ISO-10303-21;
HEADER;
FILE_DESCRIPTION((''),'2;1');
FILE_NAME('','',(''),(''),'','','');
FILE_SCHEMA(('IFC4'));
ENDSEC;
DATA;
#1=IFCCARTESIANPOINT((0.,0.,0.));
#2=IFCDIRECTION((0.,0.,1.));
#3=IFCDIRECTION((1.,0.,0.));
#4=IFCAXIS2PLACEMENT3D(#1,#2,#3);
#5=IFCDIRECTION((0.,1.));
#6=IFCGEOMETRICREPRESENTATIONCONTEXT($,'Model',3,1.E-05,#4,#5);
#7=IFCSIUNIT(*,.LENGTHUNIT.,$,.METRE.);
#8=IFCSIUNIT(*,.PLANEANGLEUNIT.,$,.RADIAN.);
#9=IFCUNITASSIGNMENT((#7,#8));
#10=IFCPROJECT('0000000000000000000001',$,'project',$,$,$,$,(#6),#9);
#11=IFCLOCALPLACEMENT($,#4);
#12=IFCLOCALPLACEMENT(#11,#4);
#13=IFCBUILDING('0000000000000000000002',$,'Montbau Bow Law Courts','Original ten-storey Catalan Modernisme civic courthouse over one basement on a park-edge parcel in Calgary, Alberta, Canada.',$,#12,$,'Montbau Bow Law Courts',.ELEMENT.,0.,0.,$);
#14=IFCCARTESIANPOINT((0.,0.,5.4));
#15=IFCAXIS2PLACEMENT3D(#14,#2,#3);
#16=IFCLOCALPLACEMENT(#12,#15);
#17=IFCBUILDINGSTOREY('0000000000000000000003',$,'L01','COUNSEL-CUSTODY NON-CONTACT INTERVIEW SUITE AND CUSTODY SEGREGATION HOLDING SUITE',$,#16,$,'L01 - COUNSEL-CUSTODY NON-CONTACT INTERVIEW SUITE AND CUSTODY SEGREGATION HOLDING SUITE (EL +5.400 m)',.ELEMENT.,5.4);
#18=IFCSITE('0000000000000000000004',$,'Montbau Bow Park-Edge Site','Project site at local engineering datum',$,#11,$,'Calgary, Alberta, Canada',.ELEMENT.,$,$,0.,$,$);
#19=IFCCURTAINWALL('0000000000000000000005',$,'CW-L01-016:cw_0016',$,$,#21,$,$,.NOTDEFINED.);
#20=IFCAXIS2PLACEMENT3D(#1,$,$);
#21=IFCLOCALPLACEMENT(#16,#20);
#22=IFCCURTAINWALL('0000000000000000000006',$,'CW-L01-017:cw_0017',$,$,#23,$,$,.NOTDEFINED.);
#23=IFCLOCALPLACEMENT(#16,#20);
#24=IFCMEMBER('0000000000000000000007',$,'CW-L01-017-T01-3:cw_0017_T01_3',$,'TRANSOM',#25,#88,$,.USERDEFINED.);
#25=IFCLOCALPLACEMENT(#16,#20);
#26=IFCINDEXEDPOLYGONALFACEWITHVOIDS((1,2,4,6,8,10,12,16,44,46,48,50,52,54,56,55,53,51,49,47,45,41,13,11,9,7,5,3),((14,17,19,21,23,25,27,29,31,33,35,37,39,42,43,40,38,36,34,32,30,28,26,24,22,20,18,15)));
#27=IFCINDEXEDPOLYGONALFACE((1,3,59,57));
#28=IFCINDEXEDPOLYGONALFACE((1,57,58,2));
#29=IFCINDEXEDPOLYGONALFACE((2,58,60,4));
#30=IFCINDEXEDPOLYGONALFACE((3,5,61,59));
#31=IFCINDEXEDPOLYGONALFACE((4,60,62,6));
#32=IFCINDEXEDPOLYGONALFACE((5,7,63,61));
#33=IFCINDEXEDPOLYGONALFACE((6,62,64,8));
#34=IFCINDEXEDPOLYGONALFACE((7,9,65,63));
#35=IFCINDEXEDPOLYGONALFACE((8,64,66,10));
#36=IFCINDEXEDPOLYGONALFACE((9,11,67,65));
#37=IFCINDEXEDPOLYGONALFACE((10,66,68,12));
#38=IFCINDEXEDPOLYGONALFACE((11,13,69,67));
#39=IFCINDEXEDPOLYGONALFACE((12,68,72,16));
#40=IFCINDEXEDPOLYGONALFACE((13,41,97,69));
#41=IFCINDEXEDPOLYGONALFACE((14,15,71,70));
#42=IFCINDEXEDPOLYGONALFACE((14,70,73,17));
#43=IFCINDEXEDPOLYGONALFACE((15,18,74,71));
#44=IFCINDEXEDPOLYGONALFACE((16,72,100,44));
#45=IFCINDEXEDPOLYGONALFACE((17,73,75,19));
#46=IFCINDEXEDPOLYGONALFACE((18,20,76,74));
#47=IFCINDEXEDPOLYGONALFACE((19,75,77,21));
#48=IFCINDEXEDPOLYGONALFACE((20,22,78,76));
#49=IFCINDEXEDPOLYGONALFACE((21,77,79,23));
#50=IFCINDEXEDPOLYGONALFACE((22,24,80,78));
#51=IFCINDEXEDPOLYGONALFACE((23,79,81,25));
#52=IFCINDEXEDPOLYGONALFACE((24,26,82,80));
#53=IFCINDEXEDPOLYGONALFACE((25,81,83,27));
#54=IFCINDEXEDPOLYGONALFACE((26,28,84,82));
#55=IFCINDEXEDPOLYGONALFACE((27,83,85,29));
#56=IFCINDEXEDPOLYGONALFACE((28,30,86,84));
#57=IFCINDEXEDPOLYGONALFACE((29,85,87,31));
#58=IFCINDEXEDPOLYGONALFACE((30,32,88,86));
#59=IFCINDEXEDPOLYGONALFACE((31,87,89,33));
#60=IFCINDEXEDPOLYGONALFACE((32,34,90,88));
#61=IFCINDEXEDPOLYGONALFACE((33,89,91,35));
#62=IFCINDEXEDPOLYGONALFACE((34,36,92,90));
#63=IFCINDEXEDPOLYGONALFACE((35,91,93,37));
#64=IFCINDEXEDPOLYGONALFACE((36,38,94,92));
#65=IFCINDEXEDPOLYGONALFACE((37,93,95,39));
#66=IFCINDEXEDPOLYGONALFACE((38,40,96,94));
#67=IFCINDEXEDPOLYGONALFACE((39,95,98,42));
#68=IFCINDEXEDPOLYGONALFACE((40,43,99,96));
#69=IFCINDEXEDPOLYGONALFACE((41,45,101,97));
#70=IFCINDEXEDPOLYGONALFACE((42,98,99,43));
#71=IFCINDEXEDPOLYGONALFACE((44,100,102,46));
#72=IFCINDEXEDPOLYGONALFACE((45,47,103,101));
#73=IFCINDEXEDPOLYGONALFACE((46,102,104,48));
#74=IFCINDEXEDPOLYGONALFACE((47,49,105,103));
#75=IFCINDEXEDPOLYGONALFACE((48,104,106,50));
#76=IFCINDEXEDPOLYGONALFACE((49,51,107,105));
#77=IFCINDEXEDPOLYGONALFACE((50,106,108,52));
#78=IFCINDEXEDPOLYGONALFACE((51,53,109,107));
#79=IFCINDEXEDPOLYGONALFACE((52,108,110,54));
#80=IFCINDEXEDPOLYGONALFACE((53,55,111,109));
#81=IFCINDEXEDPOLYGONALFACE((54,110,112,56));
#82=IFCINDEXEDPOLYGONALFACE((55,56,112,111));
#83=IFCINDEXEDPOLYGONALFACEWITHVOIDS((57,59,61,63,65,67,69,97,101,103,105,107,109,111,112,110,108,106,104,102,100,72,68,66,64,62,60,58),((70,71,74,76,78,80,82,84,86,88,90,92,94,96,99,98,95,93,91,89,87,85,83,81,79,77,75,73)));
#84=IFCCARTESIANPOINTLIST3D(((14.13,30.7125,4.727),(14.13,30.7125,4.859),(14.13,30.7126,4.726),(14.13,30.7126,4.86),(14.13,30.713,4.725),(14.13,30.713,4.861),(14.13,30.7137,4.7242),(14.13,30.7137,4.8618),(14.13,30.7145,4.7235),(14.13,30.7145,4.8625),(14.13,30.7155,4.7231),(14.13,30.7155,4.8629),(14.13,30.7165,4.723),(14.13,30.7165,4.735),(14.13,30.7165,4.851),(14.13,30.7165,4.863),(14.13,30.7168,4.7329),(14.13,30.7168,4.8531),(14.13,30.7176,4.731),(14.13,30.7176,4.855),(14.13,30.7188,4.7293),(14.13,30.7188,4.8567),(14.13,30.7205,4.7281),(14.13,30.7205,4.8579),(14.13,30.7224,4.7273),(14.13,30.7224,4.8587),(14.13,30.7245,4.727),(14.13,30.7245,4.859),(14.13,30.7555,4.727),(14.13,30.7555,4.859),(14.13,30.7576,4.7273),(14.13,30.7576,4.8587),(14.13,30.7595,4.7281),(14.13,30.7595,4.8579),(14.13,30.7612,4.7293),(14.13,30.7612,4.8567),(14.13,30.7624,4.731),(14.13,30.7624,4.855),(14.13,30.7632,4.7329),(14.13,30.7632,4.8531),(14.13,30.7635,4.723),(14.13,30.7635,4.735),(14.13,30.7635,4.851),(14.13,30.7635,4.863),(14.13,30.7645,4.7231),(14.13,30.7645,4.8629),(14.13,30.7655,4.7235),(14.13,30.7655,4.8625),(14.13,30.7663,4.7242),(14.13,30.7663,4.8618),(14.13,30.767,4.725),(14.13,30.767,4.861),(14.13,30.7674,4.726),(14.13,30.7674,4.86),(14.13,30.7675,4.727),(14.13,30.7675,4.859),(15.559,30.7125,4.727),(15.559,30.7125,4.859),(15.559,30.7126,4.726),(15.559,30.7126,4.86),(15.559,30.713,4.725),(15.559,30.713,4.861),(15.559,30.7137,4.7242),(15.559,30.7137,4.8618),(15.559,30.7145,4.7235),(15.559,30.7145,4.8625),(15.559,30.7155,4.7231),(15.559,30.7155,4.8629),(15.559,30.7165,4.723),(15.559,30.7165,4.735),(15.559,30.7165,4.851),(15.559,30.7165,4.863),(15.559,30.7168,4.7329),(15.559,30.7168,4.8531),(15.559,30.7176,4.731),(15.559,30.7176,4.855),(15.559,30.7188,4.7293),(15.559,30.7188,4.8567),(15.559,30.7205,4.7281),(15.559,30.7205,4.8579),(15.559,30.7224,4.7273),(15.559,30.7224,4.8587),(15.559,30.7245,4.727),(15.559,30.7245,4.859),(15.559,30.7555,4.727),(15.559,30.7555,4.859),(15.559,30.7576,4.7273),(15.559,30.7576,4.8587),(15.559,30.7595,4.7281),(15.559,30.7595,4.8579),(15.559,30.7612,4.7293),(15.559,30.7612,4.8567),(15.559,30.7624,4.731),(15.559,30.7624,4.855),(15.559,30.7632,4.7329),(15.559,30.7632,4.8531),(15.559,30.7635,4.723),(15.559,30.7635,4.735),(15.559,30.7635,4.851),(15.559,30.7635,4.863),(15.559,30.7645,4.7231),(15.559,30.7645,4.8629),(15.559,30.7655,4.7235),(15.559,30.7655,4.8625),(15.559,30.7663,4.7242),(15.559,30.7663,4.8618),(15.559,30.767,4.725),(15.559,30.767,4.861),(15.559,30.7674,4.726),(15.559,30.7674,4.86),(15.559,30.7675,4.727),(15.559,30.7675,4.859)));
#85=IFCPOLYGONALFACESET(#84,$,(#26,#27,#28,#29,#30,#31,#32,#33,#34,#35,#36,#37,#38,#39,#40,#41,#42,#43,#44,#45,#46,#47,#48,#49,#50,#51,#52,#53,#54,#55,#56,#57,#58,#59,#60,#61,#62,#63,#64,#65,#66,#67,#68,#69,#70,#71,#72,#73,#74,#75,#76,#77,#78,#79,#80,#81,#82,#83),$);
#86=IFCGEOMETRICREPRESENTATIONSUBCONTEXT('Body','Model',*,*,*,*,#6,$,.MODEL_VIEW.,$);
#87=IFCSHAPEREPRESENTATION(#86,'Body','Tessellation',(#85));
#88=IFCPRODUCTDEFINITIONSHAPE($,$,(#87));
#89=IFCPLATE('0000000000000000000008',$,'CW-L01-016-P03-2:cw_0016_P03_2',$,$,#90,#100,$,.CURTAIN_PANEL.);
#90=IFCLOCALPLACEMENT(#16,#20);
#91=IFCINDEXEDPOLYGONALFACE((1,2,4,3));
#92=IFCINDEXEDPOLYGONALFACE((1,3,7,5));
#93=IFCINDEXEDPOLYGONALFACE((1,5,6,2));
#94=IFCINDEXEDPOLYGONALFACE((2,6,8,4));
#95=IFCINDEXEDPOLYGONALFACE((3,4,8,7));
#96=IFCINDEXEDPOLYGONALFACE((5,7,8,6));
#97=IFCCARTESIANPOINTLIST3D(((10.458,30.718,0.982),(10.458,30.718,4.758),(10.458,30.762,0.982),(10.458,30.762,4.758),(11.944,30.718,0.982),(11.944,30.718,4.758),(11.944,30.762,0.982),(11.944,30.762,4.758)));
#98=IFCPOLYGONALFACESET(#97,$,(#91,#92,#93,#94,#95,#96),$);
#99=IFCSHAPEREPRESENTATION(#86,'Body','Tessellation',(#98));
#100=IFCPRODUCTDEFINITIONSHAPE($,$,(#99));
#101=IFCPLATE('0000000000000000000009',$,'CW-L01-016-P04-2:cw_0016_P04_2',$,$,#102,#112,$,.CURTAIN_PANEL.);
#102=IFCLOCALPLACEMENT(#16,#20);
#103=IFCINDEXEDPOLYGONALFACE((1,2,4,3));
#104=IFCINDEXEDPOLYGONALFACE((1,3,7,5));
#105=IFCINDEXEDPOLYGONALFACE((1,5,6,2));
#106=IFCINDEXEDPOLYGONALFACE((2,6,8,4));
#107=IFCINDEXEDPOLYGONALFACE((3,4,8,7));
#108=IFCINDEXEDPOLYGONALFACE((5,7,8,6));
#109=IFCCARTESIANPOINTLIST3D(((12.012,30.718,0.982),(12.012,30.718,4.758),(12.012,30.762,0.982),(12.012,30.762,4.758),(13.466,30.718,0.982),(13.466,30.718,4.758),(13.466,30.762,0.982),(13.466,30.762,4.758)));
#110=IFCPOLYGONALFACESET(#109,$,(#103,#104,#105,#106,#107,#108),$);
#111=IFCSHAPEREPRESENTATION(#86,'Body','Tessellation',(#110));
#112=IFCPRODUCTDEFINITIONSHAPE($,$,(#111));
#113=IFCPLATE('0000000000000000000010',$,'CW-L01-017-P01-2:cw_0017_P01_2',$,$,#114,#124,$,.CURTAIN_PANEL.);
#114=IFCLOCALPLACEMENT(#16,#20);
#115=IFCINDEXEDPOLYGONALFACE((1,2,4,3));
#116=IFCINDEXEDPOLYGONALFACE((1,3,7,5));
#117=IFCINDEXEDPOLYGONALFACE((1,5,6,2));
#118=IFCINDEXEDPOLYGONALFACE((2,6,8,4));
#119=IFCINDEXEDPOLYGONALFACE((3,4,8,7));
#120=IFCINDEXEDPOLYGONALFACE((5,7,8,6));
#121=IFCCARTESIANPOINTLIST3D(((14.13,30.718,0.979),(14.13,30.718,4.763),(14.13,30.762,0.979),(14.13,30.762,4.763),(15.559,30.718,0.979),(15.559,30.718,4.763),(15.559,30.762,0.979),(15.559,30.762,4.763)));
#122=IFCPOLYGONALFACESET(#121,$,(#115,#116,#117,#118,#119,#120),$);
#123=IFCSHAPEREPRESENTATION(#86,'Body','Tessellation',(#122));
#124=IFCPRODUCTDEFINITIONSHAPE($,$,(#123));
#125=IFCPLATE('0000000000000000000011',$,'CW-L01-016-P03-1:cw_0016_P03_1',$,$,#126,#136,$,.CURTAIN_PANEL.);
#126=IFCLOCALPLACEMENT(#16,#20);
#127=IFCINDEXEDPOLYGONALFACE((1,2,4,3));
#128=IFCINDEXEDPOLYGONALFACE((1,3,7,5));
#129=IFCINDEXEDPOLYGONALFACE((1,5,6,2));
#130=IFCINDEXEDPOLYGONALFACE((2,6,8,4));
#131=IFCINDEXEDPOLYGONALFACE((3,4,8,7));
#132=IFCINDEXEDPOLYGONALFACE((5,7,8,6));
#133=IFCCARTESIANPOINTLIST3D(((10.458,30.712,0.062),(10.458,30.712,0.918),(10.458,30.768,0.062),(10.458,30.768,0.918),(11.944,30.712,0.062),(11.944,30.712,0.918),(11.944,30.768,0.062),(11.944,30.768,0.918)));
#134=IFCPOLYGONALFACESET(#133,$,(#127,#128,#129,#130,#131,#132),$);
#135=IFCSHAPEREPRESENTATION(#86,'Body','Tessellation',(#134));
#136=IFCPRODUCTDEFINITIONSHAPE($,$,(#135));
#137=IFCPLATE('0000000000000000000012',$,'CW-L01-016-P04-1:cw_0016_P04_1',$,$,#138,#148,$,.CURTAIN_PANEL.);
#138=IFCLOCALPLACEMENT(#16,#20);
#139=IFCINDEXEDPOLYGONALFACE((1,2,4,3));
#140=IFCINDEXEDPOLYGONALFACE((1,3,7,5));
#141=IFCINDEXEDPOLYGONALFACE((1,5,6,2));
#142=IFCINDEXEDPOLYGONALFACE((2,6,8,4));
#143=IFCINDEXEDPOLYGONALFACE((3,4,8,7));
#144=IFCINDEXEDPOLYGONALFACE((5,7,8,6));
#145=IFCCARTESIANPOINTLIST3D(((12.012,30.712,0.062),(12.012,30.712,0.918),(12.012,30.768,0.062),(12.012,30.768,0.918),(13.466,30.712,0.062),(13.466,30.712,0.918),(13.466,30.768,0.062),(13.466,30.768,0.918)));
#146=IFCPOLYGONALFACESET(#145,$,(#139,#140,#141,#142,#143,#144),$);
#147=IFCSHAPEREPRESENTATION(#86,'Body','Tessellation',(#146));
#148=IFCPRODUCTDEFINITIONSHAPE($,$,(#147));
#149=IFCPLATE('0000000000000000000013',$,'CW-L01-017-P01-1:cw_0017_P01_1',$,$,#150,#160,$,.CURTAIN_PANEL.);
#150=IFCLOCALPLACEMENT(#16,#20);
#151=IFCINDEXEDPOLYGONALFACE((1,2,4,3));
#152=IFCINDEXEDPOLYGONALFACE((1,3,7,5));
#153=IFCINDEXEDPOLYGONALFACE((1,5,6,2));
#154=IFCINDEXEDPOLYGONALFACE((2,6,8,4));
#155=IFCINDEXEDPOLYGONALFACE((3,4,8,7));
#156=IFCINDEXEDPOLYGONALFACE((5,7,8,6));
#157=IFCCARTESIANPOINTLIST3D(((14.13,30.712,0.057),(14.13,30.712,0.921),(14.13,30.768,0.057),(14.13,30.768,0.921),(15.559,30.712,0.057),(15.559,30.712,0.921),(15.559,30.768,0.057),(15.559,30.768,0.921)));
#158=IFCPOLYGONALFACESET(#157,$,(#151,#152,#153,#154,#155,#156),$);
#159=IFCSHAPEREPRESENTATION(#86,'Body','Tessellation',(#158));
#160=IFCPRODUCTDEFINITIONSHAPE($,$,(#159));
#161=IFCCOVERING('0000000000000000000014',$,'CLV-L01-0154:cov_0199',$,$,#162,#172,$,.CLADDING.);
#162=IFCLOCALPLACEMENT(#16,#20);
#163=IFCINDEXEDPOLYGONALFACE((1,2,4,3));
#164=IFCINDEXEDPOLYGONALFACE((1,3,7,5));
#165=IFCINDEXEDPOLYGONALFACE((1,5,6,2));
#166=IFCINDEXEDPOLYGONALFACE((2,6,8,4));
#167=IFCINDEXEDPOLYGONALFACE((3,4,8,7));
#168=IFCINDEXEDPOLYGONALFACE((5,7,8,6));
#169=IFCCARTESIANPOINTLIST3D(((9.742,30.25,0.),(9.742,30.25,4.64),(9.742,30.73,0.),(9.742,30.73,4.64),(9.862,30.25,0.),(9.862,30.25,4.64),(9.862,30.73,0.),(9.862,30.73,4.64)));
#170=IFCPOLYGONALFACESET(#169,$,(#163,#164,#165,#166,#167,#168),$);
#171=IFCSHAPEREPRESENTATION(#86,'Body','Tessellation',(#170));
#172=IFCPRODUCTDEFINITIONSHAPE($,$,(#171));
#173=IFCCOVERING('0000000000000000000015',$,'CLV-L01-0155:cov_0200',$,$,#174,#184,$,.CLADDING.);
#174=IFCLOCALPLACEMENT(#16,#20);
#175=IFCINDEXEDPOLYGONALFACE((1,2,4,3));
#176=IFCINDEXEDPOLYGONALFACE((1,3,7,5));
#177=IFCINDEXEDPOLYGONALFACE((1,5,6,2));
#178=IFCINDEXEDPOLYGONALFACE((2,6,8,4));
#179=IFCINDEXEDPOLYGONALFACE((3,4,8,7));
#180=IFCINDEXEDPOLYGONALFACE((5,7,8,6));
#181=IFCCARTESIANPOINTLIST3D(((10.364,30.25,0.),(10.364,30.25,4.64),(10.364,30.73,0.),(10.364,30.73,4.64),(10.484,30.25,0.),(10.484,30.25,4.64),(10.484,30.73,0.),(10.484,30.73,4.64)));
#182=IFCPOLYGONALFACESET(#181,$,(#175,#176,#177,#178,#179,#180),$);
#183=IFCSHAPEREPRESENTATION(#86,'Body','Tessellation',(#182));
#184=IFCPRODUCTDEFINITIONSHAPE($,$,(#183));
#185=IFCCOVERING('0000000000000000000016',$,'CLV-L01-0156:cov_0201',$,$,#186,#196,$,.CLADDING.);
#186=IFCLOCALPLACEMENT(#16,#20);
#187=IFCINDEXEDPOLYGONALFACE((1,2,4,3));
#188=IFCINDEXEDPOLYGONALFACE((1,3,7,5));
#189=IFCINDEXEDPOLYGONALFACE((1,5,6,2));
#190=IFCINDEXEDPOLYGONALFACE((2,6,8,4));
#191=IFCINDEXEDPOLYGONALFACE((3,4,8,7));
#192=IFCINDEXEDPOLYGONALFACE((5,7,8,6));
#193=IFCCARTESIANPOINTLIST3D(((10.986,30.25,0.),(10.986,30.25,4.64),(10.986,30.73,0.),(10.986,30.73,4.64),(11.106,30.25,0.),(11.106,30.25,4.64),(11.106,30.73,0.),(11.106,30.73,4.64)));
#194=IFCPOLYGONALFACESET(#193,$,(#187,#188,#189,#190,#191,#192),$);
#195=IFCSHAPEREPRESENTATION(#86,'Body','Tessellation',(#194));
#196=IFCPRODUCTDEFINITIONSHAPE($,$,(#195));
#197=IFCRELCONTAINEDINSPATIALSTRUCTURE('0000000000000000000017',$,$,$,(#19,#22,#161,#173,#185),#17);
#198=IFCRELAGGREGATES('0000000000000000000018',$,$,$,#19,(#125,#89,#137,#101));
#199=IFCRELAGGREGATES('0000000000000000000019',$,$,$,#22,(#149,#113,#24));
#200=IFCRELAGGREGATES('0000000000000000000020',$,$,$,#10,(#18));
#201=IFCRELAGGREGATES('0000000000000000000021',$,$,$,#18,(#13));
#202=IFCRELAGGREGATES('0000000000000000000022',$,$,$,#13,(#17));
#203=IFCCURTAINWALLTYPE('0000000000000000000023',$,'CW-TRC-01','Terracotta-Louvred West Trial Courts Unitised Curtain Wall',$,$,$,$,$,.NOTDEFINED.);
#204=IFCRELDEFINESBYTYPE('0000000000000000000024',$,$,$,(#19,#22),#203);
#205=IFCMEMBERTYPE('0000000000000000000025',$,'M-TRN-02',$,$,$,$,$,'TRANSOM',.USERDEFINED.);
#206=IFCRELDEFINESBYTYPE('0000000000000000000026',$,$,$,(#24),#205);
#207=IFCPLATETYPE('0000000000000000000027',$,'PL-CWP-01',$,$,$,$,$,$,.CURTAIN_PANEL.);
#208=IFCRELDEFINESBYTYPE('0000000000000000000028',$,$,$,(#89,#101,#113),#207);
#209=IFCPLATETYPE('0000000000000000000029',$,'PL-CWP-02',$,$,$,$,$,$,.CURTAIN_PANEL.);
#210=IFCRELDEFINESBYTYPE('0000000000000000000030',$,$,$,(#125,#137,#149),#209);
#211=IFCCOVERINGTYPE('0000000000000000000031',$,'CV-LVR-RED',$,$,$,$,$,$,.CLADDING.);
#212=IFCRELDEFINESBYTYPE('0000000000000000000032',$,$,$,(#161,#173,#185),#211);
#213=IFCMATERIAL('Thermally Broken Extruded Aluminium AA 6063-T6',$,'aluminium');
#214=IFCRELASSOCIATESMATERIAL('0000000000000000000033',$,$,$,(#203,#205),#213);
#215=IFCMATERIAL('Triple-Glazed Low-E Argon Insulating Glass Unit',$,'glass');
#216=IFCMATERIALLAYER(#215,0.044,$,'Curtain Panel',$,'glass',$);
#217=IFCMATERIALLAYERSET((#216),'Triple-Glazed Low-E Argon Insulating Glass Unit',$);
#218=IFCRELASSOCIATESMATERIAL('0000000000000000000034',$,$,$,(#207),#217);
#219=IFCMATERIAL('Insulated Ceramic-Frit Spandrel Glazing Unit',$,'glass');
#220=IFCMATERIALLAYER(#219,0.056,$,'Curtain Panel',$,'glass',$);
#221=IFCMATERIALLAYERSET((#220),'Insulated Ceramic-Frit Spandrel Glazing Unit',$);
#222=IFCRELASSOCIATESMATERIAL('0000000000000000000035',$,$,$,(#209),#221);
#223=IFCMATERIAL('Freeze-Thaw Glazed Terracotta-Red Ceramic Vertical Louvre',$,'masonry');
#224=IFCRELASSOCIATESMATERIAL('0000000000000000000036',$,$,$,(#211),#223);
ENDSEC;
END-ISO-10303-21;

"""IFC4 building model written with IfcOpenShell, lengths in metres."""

from ifc_helpers import new_model, si_unit, direction, frame, frame_2d, origin_with_axes, origin_2d_with_axis, place, context, subcontext, project, spatial, rectangle, hollow_rectangle, extrude, material, layer, layer_set, material_profile, profile_set, type_object, element, aggregate, save


model = new_model("IFC4")

# Units and contexts
model_context = context("Model", 3, precision=1e-05, world=origin_with_axes(), true_north=direction((0.0, 1.0)))
body_context = subcontext(model_context, "Body", "Model", "MODEL_VIEW")
ifc_project = project(units=[si_unit("LENGTHUNIT", "METRE"), si_unit("PLANEANGLEUNIT", "RADIAN")], contexts=[model_context])

# Site, building, storey
site_placement = place(None, origin_with_axes())
site = spatial("IfcSite", under=ifc_project, at=site_placement, Name="Montbau Bow Park-Edge Site", Description="Project site at local engineering datum", LongName="Calgary, Alberta, Canada", CompositionType="ELEMENT", RefElevation=0.0)
building_placement = place(site_placement, origin_with_axes())
building = spatial("IfcBuilding", under=site, at=building_placement, Name="Montbau Bow Law Courts", Description="Original ten-storey Catalan Modernisme civic courthouse over one basement on a park-edge parcel in Calgary, Alberta, Canada.", LongName="Montbau Bow Law Courts", CompositionType="ELEMENT", ElevationOfRefHeight=0.0, ElevationOfTerrain=0.0)
storey_placement = place(building_placement, frame((0.0, 0.0, 5.4), z_axis=(0.0, 0.0, 1.0), x_axis=(1.0, 0.0, 0.0)))
storey = spatial("IfcBuildingStorey", under=building, at=storey_placement, Name="L01", Description="COUNSEL-CUSTODY NON-CONTACT INTERVIEW SUITE AND CUSTODY SEGREGATION HOLDING SUITE", LongName="L01 - COUNSEL-CUSTODY NON-CONTACT INTERVIEW SUITE AND CUSTODY SEGREGATION HOLDING SUITE (EL +5.400 m)", CompositionType="ELEMENT", Elevation=5.4)

# Curtain wall
ifc_material_1 = material(Name="Thermally Broken Extruded Aluminium AA 6063-T6", Category="aluminium")
curtain_wall_type = type_object("IfcCurtainWallType", Name="CW-TRC-01", Description="Terracotta-Louvred West Trial Courts Unitised Curtain Wall", PredefinedType="NOTDEFINED", material=ifc_material_1)
curtain_wall_1_placement = place(None, frame((7.315, 30.74, 5.4), z_axis=(0.0, 0.0, 1.0), x_axis=(1.0, 0.0, 0.0)))
curtain_wall_1 = element("IfcCurtainWall", 1, at=curtain_wall_1_placement, inside=storey, type_object=curtain_wall_type, Name="CW-L01-016:cw_0016", PredefinedType="NOTDEFINED")

# Curtain wall
curtain_wall_2_placement = place(None, frame((14.068, 30.74, 5.4), z_axis=(0.0, 0.0, 1.0), x_axis=(1.0, 0.0, 0.0)))
curtain_wall_2 = element("IfcCurtainWall", 2, at=curtain_wall_2_placement, inside=storey, type_object=curtain_wall_type, Name="CW-L01-017:cw_0017", PredefinedType="NOTDEFINED")

# Member
ifc_material_profile_1 = material_profile(ifc_material_1, hollow_rectangle(XDim=0.055, YDim=0.14, WallThickness=0.004, InnerFilletRadius=0.008, OuterFilletRadius=0.004, at=origin_2d_with_axis()), Name="CWT-140X55", Category="Main", Priority=0)
ifc_profile_set_1 = profile_set([ifc_material_profile_1], Name="Thermally Broken Extruded Aluminium AA 6063-T6")
member_type_1 = type_object("IfcMemberType", Name="M-TRN-02", ElementType="TRANSOM", PredefinedType="USERDEFINED", material=ifc_profile_set_1)
member_1_placement = place(None, frame((14.13, 30.74, 10.193), z_axis=(1.0, 0.0, 0.0), x_axis=(0.0, 1.0, 0.0)))
member_1 = element("IfcMember", 3, at=member_1_placement, type_object=member_type_1, Name="CW-L01-017-T01-3:cw_0017_T01_3", ObjectType="TRANSOM", PredefinedType="USERDEFINED", context=body_context, shape_type="SweptSolid", body=[
    extrude(hollow_rectangle(XDim=0.055, YDim=0.14, WallThickness=0.004, InnerFilletRadius=0.008, OuterFilletRadius=0.004, at=origin_2d_with_axis()), origin_with_axes(), (0.0, 0.0, 1.0), 1.429),
])

# Plates
ifc_material_2 = material(Name="Triple-Glazed Low-E Argon Insulating Glass Unit", Category="glass")
ifc_layer_1 = layer(ifc_material_2, 0.044, Name="Curtain Panel", Category="glass")
ifc_layer_set_1 = layer_set([ifc_layer_1], Name="Triple-Glazed Low-E Argon Insulating Glass Unit")
plate_type_1 = type_object("IfcPlateType", Name="PL-CWP-01", PredefinedType="CURTAIN_PANEL", material=ifc_layer_set_1)
plate_1_placement = place(None, frame((10.458, 30.74, 6.382), z_axis=(0.0, -1.0, 0.0), x_axis=(1.0, 0.0, 0.0)))
plate_1 = element("IfcPlate", 4, at=plate_1_placement, type_object=plate_type_1, Name="CW-L01-016-P03-2:cw_0016_P03_2", PredefinedType="CURTAIN_PANEL", context=body_context, shape_type="SweptSolid", body=[
    extrude(rectangle(XDim=1.486, YDim=3.776, at=frame_2d((0.743, 1.888), x_axis=(1.0, 0.0))), frame((0.0, 0.0, -0.022), z_axis=(0.0, 0.0, 1.0), x_axis=(1.0, 0.0, 0.0)), (0.0, 0.0, 1.0), 0.044),
])
plate_2_placement = place(None, frame((12.012, 30.74, 6.382), z_axis=(0.0, -1.0, 0.0), x_axis=(1.0, 0.0, 0.0)))
plate_2 = element("IfcPlate", 5, at=plate_2_placement, type_object=plate_type_1, Name="CW-L01-016-P04-2:cw_0016_P04_2", PredefinedType="CURTAIN_PANEL", context=body_context, shape_type="SweptSolid", body=[
    extrude(rectangle(XDim=1.454, YDim=3.776, at=frame_2d((0.727, 1.888), x_axis=(1.0, 0.0))), frame((0.0, 0.0, -0.022), z_axis=(0.0, 0.0, 1.0), x_axis=(1.0, 0.0, 0.0)), (0.0, 0.0, 1.0), 0.044),
])
plate_3_placement = place(None, frame((14.13, 30.74, 6.379), z_axis=(0.0, -1.0, 0.0), x_axis=(1.0, 0.0, 0.0)))
plate_3 = element("IfcPlate", 6, at=plate_3_placement, type_object=plate_type_1, Name="CW-L01-017-P01-2:cw_0017_P01_2", PredefinedType="CURTAIN_PANEL", context=body_context, shape_type="SweptSolid", body=[
    extrude(rectangle(XDim=1.429, YDim=3.784, at=frame_2d((0.7145, 1.892), x_axis=(1.0, 0.0))), frame((0.0, 0.0, -0.022), z_axis=(0.0, 0.0, 1.0), x_axis=(1.0, 0.0, 0.0)), (0.0, 0.0, 1.0), 0.044),
])
ifc_material_3 = material(Name="Insulated Ceramic-Frit Spandrel Glazing Unit", Category="glass")
ifc_layer_2 = layer(ifc_material_3, 0.056, Name="Curtain Panel", Category="glass")
ifc_layer_set_2 = layer_set([ifc_layer_2], Name="Insulated Ceramic-Frit Spandrel Glazing Unit")
plate_type_2 = type_object("IfcPlateType", Name="PL-CWP-02", PredefinedType="CURTAIN_PANEL", material=ifc_layer_set_2)
plate_4_placement = place(None, frame((10.458, 30.74, 5.462), z_axis=(0.0, -1.0, 0.0), x_axis=(1.0, 0.0, 0.0)))
plate_4 = element("IfcPlate", 7, at=plate_4_placement, type_object=plate_type_2, Name="CW-L01-016-P03-1:cw_0016_P03_1", PredefinedType="CURTAIN_PANEL", context=body_context, shape_type="SweptSolid", body=[
    extrude(rectangle(XDim=1.486, YDim=0.856, at=frame_2d((0.743, 0.428), x_axis=(1.0, 0.0))), frame((0.0, 0.0, -0.028), z_axis=(0.0, 0.0, 1.0), x_axis=(1.0, 0.0, 0.0)), (0.0, 0.0, 1.0), 0.056),
])
plate_5_placement = place(None, frame((12.012, 30.74, 5.462), z_axis=(0.0, -1.0, 0.0), x_axis=(1.0, 0.0, 0.0)))
plate_5 = element("IfcPlate", 8, at=plate_5_placement, type_object=plate_type_2, Name="CW-L01-016-P04-1:cw_0016_P04_1", PredefinedType="CURTAIN_PANEL", context=body_context, shape_type="SweptSolid", body=[
    extrude(rectangle(XDim=1.454, YDim=0.856, at=frame_2d((0.727, 0.428), x_axis=(1.0, 0.0))), frame((0.0, 0.0, -0.028), z_axis=(0.0, 0.0, 1.0), x_axis=(1.0, 0.0, 0.0)), (0.0, 0.0, 1.0), 0.056),
])
aggregate(curtain_wall_1, [plate_4, plate_1, plate_5, plate_2])
plate_6_placement = place(None, frame((14.13, 30.74, 5.457), z_axis=(0.0, -1.0, 0.0), x_axis=(1.0, 0.0, 0.0)))
plate_6 = element("IfcPlate", 9, at=plate_6_placement, type_object=plate_type_2, Name="CW-L01-017-P01-1:cw_0017_P01_1", PredefinedType="CURTAIN_PANEL", context=body_context, shape_type="SweptSolid", body=[
    extrude(rectangle(XDim=1.429, YDim=0.864, at=frame_2d((0.7145, 0.432), x_axis=(1.0, 0.0))), frame((0.0, 0.0, -0.028), z_axis=(0.0, 0.0, 1.0), x_axis=(1.0, 0.0, 0.0)), (0.0, 0.0, 1.0), 0.056),
])
aggregate(curtain_wall_2, [plate_6, plate_3, member_1])

# Coverings
ifc_material_4 = material(Name="Freeze-Thaw Glazed Terracotta-Red Ceramic Vertical Louvre", Category="masonry")
covering_type = type_object("IfcCoveringType", Name="CV-LVR-RED", PredefinedType="CLADDING", material=ifc_material_4)
for number, where, z_axis, x_axis, name in (
    (10, (9.802, 30.73, 5.4), (-1.0, 0.0, 0.0), (0.0, -1.0, 0.0), "CLV-L01-0154:cov_0199"),
    (11, (10.424, 30.73, 5.4), (-1.0, 0.0, 0.0), (0.0, -1.0, 0.0), "CLV-L01-0155:cov_0200"),
    (12, (11.046, 30.73, 5.4), (-1.0, 0.0, 0.0), (0.0, -1.0, 0.0), "CLV-L01-0156:cov_0201"),
):
    element("IfcCovering", number, at=place(None, frame(where, z_axis=z_axis, x_axis=x_axis)), inside=storey, type_object=covering_type, Name=name, PredefinedType="CLADDING", context=body_context, shape_type="SweptSolid", body=[
        extrude(rectangle(XDim=0.48, YDim=4.64, at=frame_2d((0.24, 2.32), x_axis=(1.0, 0.0))), frame((0.0, 0.0, -0.06), z_axis=(0.0, 0.0, 1.0), x_axis=(1.0, 0.0, 0.0)), (0.0, 0.0, 1.0), 0.12),
    ])

save(model, "model.ifc")
